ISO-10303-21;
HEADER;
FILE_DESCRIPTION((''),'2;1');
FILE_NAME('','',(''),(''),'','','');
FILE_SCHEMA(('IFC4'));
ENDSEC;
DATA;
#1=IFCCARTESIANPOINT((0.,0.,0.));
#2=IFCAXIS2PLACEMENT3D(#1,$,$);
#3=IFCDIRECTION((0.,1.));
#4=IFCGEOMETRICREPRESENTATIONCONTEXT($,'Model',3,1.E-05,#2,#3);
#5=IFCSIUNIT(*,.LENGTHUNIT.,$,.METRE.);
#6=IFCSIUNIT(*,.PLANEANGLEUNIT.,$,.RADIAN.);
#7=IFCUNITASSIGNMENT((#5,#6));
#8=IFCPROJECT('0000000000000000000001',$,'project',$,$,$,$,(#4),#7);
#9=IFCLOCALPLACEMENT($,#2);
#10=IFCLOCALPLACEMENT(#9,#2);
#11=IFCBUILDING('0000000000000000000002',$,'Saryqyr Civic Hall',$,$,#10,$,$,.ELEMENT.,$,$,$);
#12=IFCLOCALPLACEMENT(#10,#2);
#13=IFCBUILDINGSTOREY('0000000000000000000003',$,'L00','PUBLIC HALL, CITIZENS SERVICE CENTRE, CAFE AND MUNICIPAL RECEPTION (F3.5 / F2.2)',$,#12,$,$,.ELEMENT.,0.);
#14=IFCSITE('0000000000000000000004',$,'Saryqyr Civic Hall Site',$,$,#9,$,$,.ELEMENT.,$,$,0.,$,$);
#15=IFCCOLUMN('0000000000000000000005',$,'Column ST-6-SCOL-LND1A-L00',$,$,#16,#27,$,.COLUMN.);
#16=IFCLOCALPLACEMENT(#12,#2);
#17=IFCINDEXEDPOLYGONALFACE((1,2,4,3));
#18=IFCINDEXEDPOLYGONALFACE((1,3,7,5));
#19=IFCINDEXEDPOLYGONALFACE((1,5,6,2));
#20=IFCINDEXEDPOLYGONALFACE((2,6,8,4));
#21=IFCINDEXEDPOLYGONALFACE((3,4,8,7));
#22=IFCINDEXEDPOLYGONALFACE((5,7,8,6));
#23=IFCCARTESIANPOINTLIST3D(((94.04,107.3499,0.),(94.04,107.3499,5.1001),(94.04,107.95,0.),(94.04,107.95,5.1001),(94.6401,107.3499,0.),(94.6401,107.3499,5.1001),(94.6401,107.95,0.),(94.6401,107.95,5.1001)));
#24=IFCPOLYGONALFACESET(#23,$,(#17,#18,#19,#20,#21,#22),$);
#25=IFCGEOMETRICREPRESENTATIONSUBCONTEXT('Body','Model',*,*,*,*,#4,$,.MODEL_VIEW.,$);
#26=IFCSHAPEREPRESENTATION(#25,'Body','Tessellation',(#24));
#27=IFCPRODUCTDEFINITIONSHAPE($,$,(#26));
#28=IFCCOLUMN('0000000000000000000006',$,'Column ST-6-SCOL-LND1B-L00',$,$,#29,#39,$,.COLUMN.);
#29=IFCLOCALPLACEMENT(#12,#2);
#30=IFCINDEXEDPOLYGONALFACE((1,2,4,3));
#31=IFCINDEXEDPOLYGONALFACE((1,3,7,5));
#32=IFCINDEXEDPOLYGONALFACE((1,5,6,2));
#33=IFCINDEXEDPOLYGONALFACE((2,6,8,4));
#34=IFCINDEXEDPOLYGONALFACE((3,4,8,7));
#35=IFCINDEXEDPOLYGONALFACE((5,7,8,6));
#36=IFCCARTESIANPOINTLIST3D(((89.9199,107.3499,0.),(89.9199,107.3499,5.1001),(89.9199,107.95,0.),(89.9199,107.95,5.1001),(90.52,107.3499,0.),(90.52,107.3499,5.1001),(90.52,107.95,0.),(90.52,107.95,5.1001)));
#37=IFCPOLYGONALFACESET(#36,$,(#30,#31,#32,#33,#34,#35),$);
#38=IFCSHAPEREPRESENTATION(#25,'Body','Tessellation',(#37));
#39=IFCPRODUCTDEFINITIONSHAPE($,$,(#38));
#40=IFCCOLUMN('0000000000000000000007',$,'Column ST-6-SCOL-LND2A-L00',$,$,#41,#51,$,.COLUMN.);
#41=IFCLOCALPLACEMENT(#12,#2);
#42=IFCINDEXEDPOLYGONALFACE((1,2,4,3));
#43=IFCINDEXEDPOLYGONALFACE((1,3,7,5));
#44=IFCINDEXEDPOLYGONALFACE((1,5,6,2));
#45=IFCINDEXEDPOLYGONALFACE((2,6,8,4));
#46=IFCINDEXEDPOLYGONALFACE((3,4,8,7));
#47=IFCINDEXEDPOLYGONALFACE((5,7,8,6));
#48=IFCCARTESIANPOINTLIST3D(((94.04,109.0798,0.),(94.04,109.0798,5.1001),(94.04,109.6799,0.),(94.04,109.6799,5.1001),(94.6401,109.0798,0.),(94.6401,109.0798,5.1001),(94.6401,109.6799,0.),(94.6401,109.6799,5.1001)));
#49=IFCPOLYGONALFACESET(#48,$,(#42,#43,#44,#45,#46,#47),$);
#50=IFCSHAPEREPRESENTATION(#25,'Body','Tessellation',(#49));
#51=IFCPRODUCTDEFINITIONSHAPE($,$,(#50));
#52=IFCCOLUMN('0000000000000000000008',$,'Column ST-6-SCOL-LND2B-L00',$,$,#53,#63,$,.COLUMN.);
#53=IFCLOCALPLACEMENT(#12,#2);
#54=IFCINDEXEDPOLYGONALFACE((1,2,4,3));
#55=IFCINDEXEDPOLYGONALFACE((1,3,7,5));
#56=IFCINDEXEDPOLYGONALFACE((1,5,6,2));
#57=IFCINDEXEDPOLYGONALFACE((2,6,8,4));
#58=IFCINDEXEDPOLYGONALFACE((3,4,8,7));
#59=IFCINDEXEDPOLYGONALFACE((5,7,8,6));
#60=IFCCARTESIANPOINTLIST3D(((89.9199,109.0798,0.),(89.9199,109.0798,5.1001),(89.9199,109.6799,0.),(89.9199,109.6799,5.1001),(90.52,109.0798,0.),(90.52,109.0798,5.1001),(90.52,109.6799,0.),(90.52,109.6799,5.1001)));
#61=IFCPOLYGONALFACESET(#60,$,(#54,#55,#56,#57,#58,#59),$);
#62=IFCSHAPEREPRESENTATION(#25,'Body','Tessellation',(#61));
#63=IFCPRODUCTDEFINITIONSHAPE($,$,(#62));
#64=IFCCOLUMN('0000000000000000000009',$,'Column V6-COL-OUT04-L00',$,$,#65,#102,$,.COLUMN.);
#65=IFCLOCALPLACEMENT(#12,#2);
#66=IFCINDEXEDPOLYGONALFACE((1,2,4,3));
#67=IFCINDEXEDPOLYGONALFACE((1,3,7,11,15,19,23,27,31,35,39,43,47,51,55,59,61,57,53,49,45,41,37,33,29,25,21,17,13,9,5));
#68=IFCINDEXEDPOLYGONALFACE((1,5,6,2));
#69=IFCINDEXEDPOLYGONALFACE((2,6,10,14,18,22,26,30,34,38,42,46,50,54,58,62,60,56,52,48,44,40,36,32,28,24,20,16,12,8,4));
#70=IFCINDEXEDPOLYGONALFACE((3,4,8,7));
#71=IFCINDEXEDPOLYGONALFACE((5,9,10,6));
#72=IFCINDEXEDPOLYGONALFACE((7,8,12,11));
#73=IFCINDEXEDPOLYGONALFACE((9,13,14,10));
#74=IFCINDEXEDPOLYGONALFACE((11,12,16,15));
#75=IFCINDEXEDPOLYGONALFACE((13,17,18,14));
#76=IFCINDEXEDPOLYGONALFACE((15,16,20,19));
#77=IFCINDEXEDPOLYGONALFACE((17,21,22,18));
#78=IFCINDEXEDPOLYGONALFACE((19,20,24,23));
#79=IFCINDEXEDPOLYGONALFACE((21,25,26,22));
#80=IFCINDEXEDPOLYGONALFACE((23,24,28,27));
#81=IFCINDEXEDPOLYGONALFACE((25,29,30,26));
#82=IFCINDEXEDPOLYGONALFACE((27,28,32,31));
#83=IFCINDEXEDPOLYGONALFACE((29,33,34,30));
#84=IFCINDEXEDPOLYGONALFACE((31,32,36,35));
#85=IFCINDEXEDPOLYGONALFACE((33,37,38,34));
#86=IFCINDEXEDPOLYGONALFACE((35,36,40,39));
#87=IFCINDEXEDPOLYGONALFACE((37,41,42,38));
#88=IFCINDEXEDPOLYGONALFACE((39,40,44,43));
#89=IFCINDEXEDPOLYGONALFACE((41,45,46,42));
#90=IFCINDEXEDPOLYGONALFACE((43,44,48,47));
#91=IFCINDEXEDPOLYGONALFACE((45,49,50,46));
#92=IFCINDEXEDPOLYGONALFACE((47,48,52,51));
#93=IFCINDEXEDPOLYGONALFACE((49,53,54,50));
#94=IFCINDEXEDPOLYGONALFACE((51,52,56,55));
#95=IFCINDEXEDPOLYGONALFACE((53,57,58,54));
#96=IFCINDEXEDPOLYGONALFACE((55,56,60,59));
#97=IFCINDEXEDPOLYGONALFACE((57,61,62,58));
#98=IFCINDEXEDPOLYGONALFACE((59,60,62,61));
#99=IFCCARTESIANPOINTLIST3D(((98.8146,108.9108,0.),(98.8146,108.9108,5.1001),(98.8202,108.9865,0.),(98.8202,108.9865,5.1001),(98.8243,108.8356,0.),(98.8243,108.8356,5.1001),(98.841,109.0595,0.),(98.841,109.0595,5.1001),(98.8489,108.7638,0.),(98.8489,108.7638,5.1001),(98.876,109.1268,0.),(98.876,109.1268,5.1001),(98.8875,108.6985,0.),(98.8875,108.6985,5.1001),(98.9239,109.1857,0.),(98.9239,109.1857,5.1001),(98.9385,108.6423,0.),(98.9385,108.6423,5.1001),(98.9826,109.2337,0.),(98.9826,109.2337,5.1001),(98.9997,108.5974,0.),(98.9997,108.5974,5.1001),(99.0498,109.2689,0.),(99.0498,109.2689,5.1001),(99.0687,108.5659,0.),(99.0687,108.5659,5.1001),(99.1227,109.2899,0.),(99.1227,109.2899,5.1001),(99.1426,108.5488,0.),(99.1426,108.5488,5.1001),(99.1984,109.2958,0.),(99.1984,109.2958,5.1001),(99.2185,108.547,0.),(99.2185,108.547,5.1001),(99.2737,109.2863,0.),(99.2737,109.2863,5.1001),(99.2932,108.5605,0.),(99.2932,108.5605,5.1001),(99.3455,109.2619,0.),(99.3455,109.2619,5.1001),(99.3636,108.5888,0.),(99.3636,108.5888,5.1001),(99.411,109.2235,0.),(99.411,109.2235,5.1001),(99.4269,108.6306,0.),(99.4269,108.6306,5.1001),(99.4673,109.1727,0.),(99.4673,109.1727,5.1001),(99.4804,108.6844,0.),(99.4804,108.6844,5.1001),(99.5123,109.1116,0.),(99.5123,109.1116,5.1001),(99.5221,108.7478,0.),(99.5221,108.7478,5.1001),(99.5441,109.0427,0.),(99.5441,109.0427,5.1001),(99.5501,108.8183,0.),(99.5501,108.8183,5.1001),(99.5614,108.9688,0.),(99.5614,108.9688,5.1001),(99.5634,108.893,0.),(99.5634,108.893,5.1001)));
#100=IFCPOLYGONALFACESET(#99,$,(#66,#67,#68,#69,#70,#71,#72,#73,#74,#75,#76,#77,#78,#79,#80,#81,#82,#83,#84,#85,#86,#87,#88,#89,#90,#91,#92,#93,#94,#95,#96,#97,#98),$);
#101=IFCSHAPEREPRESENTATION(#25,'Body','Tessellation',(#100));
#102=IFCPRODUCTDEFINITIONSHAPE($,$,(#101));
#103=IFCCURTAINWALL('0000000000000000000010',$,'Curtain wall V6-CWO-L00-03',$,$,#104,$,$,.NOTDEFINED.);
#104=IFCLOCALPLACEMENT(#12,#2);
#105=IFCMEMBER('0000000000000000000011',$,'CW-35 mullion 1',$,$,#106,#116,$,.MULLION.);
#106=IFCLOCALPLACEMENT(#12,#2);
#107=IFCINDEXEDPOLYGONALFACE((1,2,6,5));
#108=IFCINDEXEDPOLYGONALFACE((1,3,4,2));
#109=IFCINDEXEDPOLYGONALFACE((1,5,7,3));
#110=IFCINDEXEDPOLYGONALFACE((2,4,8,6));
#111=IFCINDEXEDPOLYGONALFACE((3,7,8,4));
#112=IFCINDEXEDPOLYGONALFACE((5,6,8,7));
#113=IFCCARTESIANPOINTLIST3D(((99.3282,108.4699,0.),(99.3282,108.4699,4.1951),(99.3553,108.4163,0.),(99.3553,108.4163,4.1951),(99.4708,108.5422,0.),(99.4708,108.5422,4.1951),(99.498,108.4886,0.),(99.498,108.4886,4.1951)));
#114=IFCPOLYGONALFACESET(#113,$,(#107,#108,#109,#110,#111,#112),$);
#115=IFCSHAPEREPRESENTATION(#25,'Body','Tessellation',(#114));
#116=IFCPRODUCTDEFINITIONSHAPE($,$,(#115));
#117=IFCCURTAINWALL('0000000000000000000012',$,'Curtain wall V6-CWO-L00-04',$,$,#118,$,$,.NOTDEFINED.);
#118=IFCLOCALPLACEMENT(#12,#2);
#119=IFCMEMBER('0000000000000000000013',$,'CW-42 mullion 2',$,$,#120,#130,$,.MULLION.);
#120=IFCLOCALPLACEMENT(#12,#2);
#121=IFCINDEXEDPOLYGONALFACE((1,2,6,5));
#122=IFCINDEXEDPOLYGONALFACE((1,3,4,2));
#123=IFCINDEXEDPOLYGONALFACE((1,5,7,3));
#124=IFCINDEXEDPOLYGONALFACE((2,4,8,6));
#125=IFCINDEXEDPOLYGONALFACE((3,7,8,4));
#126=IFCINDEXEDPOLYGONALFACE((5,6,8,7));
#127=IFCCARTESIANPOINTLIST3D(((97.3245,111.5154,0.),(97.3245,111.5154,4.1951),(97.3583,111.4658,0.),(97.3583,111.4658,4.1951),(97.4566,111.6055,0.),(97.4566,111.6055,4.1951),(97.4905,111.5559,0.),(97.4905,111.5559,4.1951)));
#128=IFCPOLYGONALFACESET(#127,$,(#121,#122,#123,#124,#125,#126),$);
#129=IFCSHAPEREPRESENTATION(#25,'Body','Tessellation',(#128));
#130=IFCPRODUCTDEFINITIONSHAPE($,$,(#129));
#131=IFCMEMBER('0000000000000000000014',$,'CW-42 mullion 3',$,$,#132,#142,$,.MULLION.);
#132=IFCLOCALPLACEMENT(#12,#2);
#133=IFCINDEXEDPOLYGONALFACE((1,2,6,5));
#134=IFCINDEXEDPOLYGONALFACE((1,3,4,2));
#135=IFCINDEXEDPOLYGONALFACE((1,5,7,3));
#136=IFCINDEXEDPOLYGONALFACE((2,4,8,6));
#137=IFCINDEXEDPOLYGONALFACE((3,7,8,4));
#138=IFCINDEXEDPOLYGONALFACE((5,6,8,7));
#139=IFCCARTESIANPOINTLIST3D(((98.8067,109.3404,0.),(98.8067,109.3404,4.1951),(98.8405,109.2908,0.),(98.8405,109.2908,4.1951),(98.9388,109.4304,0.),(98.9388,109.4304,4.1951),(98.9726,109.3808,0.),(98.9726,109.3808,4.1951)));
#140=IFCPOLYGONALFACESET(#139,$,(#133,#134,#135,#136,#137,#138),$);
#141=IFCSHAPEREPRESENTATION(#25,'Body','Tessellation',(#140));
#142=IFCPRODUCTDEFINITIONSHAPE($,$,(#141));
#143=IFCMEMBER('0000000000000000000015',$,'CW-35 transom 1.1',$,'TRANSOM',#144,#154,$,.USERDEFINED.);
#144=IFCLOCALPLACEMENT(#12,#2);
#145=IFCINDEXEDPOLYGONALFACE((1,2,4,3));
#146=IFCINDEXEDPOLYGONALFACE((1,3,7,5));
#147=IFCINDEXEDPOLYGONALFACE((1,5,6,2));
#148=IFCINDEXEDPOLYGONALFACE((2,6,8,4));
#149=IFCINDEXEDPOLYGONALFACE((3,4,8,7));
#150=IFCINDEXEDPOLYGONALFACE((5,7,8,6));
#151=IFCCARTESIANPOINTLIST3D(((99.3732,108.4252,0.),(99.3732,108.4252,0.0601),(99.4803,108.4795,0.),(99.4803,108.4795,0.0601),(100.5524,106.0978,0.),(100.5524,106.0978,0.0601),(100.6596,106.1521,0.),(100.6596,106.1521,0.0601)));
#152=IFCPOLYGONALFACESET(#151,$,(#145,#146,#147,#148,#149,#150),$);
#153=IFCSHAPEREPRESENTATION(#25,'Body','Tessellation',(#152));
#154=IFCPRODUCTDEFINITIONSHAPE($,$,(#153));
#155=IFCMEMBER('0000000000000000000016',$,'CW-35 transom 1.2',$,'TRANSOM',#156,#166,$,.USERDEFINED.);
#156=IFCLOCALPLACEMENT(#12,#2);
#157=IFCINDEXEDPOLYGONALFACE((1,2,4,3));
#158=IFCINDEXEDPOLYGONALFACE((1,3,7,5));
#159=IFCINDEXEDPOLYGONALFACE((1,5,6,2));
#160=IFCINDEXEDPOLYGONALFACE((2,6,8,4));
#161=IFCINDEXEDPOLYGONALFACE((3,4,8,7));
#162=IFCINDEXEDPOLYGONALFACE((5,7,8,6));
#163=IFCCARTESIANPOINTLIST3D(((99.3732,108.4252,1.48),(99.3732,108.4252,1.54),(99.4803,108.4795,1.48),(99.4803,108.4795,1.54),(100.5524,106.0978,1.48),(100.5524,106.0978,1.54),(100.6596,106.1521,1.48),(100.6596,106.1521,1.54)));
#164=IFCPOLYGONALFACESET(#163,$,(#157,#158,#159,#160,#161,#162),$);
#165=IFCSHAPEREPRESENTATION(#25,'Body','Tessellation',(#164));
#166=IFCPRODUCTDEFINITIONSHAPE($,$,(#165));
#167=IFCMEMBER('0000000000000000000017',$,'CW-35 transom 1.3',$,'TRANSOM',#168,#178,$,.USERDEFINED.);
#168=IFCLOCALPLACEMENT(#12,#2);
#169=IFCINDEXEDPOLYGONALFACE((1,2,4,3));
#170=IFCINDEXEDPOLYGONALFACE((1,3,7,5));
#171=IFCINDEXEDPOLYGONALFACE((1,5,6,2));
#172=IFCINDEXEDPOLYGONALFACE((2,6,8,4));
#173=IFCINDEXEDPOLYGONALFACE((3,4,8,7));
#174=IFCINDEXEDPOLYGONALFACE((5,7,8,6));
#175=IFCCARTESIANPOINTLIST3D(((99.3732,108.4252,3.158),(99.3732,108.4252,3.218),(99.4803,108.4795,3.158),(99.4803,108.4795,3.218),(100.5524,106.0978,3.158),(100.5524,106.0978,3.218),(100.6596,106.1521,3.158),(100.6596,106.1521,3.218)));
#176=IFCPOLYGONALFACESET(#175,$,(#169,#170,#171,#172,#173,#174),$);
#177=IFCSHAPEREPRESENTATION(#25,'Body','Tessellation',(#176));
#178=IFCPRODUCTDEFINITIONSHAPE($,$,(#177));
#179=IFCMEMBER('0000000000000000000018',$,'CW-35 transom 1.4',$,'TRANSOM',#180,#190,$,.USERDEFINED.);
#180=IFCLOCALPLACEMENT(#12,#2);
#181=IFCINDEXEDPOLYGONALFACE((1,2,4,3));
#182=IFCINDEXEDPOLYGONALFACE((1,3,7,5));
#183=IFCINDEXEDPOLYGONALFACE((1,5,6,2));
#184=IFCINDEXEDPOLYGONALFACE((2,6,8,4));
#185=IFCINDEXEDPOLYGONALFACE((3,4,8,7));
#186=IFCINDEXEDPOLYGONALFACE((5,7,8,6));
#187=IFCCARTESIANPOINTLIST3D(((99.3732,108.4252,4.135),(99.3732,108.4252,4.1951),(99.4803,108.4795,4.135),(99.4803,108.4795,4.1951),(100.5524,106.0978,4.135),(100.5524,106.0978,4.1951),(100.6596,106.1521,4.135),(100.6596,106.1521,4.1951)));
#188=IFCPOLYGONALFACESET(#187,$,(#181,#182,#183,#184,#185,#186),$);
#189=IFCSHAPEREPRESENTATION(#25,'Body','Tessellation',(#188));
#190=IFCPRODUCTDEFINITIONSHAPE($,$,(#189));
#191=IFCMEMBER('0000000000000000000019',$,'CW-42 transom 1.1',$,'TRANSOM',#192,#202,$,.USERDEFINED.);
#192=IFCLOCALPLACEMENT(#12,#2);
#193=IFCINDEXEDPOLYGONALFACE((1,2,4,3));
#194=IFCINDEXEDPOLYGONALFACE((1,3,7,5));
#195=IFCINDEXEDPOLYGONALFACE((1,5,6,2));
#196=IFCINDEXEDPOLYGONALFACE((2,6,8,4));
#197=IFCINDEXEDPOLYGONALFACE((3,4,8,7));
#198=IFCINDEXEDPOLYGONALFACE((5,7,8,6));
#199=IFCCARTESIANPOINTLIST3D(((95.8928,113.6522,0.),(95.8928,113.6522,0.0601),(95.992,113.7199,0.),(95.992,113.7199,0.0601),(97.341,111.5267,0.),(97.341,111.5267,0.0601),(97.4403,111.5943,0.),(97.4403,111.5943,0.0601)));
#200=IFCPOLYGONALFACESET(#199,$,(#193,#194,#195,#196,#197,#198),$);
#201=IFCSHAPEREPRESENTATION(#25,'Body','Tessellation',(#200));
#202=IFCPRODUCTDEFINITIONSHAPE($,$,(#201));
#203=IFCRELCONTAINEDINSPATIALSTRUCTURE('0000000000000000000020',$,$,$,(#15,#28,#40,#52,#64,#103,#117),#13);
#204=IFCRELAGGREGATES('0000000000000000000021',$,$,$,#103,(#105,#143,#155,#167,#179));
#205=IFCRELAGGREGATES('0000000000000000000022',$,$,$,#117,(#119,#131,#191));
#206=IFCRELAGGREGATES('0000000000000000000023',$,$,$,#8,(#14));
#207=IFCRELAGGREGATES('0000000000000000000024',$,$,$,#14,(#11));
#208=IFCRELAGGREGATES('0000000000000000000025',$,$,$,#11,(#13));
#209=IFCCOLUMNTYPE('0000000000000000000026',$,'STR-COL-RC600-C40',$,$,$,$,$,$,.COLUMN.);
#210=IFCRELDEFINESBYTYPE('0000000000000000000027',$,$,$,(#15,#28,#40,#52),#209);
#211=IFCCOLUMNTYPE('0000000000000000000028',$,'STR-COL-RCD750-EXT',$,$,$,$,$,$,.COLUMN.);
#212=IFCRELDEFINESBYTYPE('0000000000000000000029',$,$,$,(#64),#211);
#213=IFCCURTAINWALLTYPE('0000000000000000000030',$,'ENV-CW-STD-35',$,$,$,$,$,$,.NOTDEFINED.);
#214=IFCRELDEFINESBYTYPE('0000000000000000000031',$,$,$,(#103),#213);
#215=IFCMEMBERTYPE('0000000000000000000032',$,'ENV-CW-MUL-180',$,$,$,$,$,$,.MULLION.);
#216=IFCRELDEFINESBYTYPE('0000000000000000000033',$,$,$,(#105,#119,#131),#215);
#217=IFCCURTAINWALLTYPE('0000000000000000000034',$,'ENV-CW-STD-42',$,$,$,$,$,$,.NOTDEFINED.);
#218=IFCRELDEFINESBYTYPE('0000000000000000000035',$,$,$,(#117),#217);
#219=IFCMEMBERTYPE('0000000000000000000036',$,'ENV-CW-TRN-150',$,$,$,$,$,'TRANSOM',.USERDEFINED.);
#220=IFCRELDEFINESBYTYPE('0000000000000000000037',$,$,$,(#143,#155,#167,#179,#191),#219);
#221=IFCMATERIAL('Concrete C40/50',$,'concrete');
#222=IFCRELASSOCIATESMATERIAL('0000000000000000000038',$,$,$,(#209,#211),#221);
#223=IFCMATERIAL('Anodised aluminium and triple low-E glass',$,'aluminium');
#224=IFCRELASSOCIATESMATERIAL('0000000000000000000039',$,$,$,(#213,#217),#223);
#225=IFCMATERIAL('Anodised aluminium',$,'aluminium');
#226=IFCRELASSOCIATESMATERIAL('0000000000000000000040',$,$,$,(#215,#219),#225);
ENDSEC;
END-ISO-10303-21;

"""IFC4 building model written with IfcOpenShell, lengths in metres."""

from ifc_helpers import new_model, si_unit, direction, frame, origin, origin_2d, place, context, subcontext, project, spatial, rectangle, circle, extrude, material, material_profile, profile_set, type_object, element, aggregate, save


model = new_model("IFC4")

# Units and contexts
model_context = context("Model", 3, precision=1e-05, world=origin(), true_north=direction((0.0, 1.0)))
body_context = subcontext(model_context, "Body", "Model", "MODEL_VIEW")
ifc_project = project(units=[si_unit("LENGTHUNIT", "METRE"), si_unit("PLANEANGLEUNIT", "RADIAN")], contexts=[model_context])

# Site, building, storey
site_placement = place(None, origin())
site = spatial("IfcSite", under=ifc_project, at=site_placement, Name="Saryqyr Civic Hall Site", CompositionType="ELEMENT", RefElevation=0.0)
building_placement = place(site_placement, origin())
building = spatial("IfcBuilding", under=site, at=building_placement, Name="Saryqyr Civic Hall", CompositionType="ELEMENT")
storey_placement = place(building_placement, origin())
storey = spatial("IfcBuildingStorey", under=building, at=storey_placement, Name="L00", Description="PUBLIC HALL, CITIZENS SERVICE CENTRE, CAFE AND MUNICIPAL RECEPTION (F3.5 / F2.2)", CompositionType="ELEMENT", Elevation=0.0)

# Columns
ifc_material_1 = material(Name="Concrete C40/50", Category="concrete")
ifc_material_profile_1 = material_profile(ifc_material_1, rectangle(XDim=0.6001, YDim=0.6001, at=origin_2d()), Name="RC 600x600")
ifc_profile_set_1 = profile_set([ifc_material_profile_1], Name="Concrete C40/50")
column_type_1 = type_object("IfcColumnType", Name="STR-COL-RC600-C40", PredefinedType="COLUMN", material=ifc_profile_set_1)
for number, where, z_axis, x_axis, name in (
    (1, (94.3401, 107.6499, 0.0), (0.0, 0.0, 1.0), (1.0, 0.0, 0.0), "Column ST-6-SCOL-LND1A-L00"),
    (2, (90.22, 107.6499, 0.0), (0.0, 0.0, 1.0), (1.0, 0.0, 0.0), "Column ST-6-SCOL-LND1B-L00"),
    (3, (94.3401, 109.3799, 0.0), (0.0, 0.0, 1.0), (1.0, 0.0, 0.0), "Column ST-6-SCOL-LND2A-L00"),
    (4, (90.22, 109.3799, 0.0), (0.0, 0.0, 1.0), (1.0, 0.0, 0.0), "Column ST-6-SCOL-LND2B-L00"),
):
    element("IfcColumn", number, at=place(storey_placement, frame(where, z_axis=z_axis, x_axis=x_axis)), inside=storey, type_object=column_type_1, Name=name, PredefinedType="COLUMN", context=body_context, shape_type="SweptSolid", body=[
        extrude(rectangle(XDim=0.6001, YDim=0.6001, at=origin_2d()), origin(), (0.0, 0.0, 1.0), 5.1001),
    ])
ifc_material_profile_2 = material_profile(ifc_material_1, circle(Radius=0.375, at=origin_2d()), Name="RC D750")
ifc_profile_set_2 = profile_set([ifc_material_profile_2], Name="Concrete C40/50")
column_type_2 = type_object("IfcColumnType", Name="STR-COL-RCD750-EXT", PredefinedType="COLUMN", material=ifc_profile_set_2)
column_1_placement = place(storey_placement, frame((99.1895, 108.9209, 0.0), z_axis=(0.0, 0.0, 1.0), x_axis=(0.861008, 0.508591, 0.0)))
element("IfcColumn", 5, at=column_1_placement, inside=storey, type_object=column_type_2, Name="Column V6-COL-OUT04-L00", PredefinedType="COLUMN", context=body_context, shape_type="SweptSolid", body=[
    extrude(circle(Radius=0.375, at=origin_2d()), origin(), (0.0, 0.0, 1.0), 5.1001),
])

# Curtain wall, member
ifc_material_2 = material(Name="Anodised aluminium and triple low-E glass", Category="aluminium")
curtain_wall_type_1 = type_object("IfcCurtainWallType", Name="ENV-CW-STD-35", PredefinedType="NOTDEFINED", material=ifc_material_2)
curtain_wall_1_placement = place(storey_placement, origin())
curtain_wall_1 = element("IfcCurtainWall", 6, at=curtain_wall_1_placement, inside=storey, type_object=curtain_wall_type_1, Name="Curtain wall V6-CWO-L00-03", PredefinedType="NOTDEFINED")
ifc_material_3 = material(Name="Anodised aluminium", Category="aluminium")
ifc_material_profile_3 = material_profile(ifc_material_3, rectangle(XDim=0.0601, YDim=0.1599, at=origin_2d()), Name="ALU MULLION 60x160")
ifc_profile_set_3 = profile_set([ifc_material_profile_3], Name="Anodised aluminium")
member_type_1 = type_object("IfcMemberType", Name="ENV-CW-MUL-180", PredefinedType="MULLION", material=ifc_profile_set_3)
member_1_placement = place(storey_placement, frame((99.4131, 108.4792, 0.0), z_axis=(0.0, 0.0, 1.0), x_axis=(0.451942, -0.892047, 0.0)))
member_1 = element("IfcMember", 7, at=member_1_placement, type_object=member_type_1, Name="CW-35 mullion 1", PredefinedType="MULLION", context=body_context, shape_type="SweptSolid", body=[
    extrude(rectangle(XDim=0.0601, YDim=0.1599, at=origin_2d()), origin(), (0.0, 0.0, 1.0), 4.1951),
])

# Curtain wall, members
curtain_wall_type_2 = type_object("IfcCurtainWallType", Name="ENV-CW-STD-42", PredefinedType="NOTDEFINED", material=ifc_material_2)
curtain_wall_2_placement = place(storey_placement, origin())
curtain_wall_2 = element("IfcCurtainWall", 8, at=curtain_wall_2_placement, inside=storey, type_object=curtain_wall_type_2, Name="Curtain wall V6-CWO-L00-04", PredefinedType="NOTDEFINED")
member_2_placement = place(storey_placement, frame((97.4075, 111.5356, 0.0), z_axis=(0.0, 0.0, 1.0), x_axis=(0.563119, -0.826376, 0.0)))
member_2 = element("IfcMember", 9, at=member_2_placement, type_object=member_type_1, Name="CW-42 mullion 2", PredefinedType="MULLION", context=body_context, shape_type="SweptSolid", body=[
    extrude(rectangle(XDim=0.0601, YDim=0.1599, at=origin_2d()), origin(), (0.0, 0.0, 1.0), 4.1951),
])
member_3_placement = place(storey_placement, frame((98.8896, 109.3606, 0.0), z_axis=(0.0, 0.0, 1.0), x_axis=(0.563119, -0.826376, 0.0)))
member_3 = element("IfcMember", 10, at=member_3_placement, type_object=member_type_1, Name="CW-42 mullion 3", PredefinedType="MULLION", context=body_context, shape_type="SweptSolid", body=[
    extrude(rectangle(XDim=0.0601, YDim=0.1599, at=origin_2d()), origin(), (0.0, 0.0, 1.0), 4.1951),
])

# Members
ifc_material_profile_4 = material_profile(ifc_material_3, rectangle(XDim=0.1201, YDim=0.0601, at=origin_2d()), Name="ALU TRANSOM 120x60")
ifc_profile_set_4 = profile_set([ifc_material_profile_4], Name="Anodised aluminium")
member_type_2 = type_object("IfcMemberType", Name="ENV-CW-TRN-150", ElementType="TRANSOM", PredefinedType="USERDEFINED", material=ifc_profile_set_4)
member_4_placement = place(storey_placement, frame((99.4268, 108.4524, 0.03), z_axis=(0.451961, -0.892038, 0.0), x_axis=(0.892038, 0.451961, 0.0)))
member_4 = element("IfcMember", 11, at=member_4_placement, type_object=member_type_2, Name="CW-35 transom 1.1", ObjectType="TRANSOM", PredefinedType="USERDEFINED", context=body_context, shape_type="SweptSolid", body=[
    extrude(rectangle(XDim=0.1201, YDim=0.0601, at=origin_2d()), origin(), (0.0, 0.0, 1.0), 2.6091),
])
member_5_placement = place(storey_placement, frame((99.4268, 108.4524, 1.51), z_axis=(0.451961, -0.892038, 0.0), x_axis=(0.892038, 0.451961, 0.0)))
member_5 = element("IfcMember", 12, at=member_5_placement, type_object=member_type_2, Name="CW-35 transom 1.2", ObjectType="TRANSOM", PredefinedType="USERDEFINED", context=body_context, shape_type="SweptSolid", body=[
    extrude(rectangle(XDim=0.1201, YDim=0.0601, at=origin_2d()), origin(), (0.0, 0.0, 1.0), 2.6091),
])
member_6_placement = place(storey_placement, frame((99.4268, 108.4524, 3.188), z_axis=(0.451961, -0.892038, 0.0), x_axis=(0.892038, 0.451961, 0.0)))
member_6 = element("IfcMember", 13, at=member_6_placement, type_object=member_type_2, Name="CW-35 transom 1.3", ObjectType="TRANSOM", PredefinedType="USERDEFINED", context=body_context, shape_type="SweptSolid", body=[
    extrude(rectangle(XDim=0.1201, YDim=0.0601, at=origin_2d()), origin(), (0.0, 0.0, 1.0), 2.6091),
])
member_7_placement = place(storey_placement, frame((99.4268, 108.4524, 4.165), z_axis=(0.451961, -0.892038, 0.0), x_axis=(0.892038, 0.451961, 0.0)))
member_7 = element("IfcMember", 14, at=member_7_placement, type_object=member_type_2, Name="CW-35 transom 1.4", ObjectType="TRANSOM", PredefinedType="USERDEFINED", context=body_context, shape_type="SweptSolid", body=[
    extrude(rectangle(XDim=0.1201, YDim=0.0601, at=origin_2d()), origin(), (0.0, 0.0, 1.0), 2.6091),
])
member_8_placement = place(storey_placement, frame((95.9424, 113.686, 0.03), z_axis=(0.563083, -0.8264, 0.0), x_axis=(0.8264, 0.563083, 0.0)))
member_8 = element("IfcMember", 15, at=member_8_placement, type_object=member_type_2, Name="CW-42 transom 1.1", ObjectType="TRANSOM", PredefinedType="USERDEFINED", context=body_context, shape_type="SweptSolid", body=[
    extrude(rectangle(XDim=0.1201, YDim=0.0601, at=origin_2d()), origin(), (0.0, 0.0, 1.0), 2.572),
])

aggregate(curtain_wall_1, [member_1, member_4, member_5, member_6, member_7])
aggregate(curtain_wall_2, [member_2, member_3, member_8])

save(model, "model.ifc")
